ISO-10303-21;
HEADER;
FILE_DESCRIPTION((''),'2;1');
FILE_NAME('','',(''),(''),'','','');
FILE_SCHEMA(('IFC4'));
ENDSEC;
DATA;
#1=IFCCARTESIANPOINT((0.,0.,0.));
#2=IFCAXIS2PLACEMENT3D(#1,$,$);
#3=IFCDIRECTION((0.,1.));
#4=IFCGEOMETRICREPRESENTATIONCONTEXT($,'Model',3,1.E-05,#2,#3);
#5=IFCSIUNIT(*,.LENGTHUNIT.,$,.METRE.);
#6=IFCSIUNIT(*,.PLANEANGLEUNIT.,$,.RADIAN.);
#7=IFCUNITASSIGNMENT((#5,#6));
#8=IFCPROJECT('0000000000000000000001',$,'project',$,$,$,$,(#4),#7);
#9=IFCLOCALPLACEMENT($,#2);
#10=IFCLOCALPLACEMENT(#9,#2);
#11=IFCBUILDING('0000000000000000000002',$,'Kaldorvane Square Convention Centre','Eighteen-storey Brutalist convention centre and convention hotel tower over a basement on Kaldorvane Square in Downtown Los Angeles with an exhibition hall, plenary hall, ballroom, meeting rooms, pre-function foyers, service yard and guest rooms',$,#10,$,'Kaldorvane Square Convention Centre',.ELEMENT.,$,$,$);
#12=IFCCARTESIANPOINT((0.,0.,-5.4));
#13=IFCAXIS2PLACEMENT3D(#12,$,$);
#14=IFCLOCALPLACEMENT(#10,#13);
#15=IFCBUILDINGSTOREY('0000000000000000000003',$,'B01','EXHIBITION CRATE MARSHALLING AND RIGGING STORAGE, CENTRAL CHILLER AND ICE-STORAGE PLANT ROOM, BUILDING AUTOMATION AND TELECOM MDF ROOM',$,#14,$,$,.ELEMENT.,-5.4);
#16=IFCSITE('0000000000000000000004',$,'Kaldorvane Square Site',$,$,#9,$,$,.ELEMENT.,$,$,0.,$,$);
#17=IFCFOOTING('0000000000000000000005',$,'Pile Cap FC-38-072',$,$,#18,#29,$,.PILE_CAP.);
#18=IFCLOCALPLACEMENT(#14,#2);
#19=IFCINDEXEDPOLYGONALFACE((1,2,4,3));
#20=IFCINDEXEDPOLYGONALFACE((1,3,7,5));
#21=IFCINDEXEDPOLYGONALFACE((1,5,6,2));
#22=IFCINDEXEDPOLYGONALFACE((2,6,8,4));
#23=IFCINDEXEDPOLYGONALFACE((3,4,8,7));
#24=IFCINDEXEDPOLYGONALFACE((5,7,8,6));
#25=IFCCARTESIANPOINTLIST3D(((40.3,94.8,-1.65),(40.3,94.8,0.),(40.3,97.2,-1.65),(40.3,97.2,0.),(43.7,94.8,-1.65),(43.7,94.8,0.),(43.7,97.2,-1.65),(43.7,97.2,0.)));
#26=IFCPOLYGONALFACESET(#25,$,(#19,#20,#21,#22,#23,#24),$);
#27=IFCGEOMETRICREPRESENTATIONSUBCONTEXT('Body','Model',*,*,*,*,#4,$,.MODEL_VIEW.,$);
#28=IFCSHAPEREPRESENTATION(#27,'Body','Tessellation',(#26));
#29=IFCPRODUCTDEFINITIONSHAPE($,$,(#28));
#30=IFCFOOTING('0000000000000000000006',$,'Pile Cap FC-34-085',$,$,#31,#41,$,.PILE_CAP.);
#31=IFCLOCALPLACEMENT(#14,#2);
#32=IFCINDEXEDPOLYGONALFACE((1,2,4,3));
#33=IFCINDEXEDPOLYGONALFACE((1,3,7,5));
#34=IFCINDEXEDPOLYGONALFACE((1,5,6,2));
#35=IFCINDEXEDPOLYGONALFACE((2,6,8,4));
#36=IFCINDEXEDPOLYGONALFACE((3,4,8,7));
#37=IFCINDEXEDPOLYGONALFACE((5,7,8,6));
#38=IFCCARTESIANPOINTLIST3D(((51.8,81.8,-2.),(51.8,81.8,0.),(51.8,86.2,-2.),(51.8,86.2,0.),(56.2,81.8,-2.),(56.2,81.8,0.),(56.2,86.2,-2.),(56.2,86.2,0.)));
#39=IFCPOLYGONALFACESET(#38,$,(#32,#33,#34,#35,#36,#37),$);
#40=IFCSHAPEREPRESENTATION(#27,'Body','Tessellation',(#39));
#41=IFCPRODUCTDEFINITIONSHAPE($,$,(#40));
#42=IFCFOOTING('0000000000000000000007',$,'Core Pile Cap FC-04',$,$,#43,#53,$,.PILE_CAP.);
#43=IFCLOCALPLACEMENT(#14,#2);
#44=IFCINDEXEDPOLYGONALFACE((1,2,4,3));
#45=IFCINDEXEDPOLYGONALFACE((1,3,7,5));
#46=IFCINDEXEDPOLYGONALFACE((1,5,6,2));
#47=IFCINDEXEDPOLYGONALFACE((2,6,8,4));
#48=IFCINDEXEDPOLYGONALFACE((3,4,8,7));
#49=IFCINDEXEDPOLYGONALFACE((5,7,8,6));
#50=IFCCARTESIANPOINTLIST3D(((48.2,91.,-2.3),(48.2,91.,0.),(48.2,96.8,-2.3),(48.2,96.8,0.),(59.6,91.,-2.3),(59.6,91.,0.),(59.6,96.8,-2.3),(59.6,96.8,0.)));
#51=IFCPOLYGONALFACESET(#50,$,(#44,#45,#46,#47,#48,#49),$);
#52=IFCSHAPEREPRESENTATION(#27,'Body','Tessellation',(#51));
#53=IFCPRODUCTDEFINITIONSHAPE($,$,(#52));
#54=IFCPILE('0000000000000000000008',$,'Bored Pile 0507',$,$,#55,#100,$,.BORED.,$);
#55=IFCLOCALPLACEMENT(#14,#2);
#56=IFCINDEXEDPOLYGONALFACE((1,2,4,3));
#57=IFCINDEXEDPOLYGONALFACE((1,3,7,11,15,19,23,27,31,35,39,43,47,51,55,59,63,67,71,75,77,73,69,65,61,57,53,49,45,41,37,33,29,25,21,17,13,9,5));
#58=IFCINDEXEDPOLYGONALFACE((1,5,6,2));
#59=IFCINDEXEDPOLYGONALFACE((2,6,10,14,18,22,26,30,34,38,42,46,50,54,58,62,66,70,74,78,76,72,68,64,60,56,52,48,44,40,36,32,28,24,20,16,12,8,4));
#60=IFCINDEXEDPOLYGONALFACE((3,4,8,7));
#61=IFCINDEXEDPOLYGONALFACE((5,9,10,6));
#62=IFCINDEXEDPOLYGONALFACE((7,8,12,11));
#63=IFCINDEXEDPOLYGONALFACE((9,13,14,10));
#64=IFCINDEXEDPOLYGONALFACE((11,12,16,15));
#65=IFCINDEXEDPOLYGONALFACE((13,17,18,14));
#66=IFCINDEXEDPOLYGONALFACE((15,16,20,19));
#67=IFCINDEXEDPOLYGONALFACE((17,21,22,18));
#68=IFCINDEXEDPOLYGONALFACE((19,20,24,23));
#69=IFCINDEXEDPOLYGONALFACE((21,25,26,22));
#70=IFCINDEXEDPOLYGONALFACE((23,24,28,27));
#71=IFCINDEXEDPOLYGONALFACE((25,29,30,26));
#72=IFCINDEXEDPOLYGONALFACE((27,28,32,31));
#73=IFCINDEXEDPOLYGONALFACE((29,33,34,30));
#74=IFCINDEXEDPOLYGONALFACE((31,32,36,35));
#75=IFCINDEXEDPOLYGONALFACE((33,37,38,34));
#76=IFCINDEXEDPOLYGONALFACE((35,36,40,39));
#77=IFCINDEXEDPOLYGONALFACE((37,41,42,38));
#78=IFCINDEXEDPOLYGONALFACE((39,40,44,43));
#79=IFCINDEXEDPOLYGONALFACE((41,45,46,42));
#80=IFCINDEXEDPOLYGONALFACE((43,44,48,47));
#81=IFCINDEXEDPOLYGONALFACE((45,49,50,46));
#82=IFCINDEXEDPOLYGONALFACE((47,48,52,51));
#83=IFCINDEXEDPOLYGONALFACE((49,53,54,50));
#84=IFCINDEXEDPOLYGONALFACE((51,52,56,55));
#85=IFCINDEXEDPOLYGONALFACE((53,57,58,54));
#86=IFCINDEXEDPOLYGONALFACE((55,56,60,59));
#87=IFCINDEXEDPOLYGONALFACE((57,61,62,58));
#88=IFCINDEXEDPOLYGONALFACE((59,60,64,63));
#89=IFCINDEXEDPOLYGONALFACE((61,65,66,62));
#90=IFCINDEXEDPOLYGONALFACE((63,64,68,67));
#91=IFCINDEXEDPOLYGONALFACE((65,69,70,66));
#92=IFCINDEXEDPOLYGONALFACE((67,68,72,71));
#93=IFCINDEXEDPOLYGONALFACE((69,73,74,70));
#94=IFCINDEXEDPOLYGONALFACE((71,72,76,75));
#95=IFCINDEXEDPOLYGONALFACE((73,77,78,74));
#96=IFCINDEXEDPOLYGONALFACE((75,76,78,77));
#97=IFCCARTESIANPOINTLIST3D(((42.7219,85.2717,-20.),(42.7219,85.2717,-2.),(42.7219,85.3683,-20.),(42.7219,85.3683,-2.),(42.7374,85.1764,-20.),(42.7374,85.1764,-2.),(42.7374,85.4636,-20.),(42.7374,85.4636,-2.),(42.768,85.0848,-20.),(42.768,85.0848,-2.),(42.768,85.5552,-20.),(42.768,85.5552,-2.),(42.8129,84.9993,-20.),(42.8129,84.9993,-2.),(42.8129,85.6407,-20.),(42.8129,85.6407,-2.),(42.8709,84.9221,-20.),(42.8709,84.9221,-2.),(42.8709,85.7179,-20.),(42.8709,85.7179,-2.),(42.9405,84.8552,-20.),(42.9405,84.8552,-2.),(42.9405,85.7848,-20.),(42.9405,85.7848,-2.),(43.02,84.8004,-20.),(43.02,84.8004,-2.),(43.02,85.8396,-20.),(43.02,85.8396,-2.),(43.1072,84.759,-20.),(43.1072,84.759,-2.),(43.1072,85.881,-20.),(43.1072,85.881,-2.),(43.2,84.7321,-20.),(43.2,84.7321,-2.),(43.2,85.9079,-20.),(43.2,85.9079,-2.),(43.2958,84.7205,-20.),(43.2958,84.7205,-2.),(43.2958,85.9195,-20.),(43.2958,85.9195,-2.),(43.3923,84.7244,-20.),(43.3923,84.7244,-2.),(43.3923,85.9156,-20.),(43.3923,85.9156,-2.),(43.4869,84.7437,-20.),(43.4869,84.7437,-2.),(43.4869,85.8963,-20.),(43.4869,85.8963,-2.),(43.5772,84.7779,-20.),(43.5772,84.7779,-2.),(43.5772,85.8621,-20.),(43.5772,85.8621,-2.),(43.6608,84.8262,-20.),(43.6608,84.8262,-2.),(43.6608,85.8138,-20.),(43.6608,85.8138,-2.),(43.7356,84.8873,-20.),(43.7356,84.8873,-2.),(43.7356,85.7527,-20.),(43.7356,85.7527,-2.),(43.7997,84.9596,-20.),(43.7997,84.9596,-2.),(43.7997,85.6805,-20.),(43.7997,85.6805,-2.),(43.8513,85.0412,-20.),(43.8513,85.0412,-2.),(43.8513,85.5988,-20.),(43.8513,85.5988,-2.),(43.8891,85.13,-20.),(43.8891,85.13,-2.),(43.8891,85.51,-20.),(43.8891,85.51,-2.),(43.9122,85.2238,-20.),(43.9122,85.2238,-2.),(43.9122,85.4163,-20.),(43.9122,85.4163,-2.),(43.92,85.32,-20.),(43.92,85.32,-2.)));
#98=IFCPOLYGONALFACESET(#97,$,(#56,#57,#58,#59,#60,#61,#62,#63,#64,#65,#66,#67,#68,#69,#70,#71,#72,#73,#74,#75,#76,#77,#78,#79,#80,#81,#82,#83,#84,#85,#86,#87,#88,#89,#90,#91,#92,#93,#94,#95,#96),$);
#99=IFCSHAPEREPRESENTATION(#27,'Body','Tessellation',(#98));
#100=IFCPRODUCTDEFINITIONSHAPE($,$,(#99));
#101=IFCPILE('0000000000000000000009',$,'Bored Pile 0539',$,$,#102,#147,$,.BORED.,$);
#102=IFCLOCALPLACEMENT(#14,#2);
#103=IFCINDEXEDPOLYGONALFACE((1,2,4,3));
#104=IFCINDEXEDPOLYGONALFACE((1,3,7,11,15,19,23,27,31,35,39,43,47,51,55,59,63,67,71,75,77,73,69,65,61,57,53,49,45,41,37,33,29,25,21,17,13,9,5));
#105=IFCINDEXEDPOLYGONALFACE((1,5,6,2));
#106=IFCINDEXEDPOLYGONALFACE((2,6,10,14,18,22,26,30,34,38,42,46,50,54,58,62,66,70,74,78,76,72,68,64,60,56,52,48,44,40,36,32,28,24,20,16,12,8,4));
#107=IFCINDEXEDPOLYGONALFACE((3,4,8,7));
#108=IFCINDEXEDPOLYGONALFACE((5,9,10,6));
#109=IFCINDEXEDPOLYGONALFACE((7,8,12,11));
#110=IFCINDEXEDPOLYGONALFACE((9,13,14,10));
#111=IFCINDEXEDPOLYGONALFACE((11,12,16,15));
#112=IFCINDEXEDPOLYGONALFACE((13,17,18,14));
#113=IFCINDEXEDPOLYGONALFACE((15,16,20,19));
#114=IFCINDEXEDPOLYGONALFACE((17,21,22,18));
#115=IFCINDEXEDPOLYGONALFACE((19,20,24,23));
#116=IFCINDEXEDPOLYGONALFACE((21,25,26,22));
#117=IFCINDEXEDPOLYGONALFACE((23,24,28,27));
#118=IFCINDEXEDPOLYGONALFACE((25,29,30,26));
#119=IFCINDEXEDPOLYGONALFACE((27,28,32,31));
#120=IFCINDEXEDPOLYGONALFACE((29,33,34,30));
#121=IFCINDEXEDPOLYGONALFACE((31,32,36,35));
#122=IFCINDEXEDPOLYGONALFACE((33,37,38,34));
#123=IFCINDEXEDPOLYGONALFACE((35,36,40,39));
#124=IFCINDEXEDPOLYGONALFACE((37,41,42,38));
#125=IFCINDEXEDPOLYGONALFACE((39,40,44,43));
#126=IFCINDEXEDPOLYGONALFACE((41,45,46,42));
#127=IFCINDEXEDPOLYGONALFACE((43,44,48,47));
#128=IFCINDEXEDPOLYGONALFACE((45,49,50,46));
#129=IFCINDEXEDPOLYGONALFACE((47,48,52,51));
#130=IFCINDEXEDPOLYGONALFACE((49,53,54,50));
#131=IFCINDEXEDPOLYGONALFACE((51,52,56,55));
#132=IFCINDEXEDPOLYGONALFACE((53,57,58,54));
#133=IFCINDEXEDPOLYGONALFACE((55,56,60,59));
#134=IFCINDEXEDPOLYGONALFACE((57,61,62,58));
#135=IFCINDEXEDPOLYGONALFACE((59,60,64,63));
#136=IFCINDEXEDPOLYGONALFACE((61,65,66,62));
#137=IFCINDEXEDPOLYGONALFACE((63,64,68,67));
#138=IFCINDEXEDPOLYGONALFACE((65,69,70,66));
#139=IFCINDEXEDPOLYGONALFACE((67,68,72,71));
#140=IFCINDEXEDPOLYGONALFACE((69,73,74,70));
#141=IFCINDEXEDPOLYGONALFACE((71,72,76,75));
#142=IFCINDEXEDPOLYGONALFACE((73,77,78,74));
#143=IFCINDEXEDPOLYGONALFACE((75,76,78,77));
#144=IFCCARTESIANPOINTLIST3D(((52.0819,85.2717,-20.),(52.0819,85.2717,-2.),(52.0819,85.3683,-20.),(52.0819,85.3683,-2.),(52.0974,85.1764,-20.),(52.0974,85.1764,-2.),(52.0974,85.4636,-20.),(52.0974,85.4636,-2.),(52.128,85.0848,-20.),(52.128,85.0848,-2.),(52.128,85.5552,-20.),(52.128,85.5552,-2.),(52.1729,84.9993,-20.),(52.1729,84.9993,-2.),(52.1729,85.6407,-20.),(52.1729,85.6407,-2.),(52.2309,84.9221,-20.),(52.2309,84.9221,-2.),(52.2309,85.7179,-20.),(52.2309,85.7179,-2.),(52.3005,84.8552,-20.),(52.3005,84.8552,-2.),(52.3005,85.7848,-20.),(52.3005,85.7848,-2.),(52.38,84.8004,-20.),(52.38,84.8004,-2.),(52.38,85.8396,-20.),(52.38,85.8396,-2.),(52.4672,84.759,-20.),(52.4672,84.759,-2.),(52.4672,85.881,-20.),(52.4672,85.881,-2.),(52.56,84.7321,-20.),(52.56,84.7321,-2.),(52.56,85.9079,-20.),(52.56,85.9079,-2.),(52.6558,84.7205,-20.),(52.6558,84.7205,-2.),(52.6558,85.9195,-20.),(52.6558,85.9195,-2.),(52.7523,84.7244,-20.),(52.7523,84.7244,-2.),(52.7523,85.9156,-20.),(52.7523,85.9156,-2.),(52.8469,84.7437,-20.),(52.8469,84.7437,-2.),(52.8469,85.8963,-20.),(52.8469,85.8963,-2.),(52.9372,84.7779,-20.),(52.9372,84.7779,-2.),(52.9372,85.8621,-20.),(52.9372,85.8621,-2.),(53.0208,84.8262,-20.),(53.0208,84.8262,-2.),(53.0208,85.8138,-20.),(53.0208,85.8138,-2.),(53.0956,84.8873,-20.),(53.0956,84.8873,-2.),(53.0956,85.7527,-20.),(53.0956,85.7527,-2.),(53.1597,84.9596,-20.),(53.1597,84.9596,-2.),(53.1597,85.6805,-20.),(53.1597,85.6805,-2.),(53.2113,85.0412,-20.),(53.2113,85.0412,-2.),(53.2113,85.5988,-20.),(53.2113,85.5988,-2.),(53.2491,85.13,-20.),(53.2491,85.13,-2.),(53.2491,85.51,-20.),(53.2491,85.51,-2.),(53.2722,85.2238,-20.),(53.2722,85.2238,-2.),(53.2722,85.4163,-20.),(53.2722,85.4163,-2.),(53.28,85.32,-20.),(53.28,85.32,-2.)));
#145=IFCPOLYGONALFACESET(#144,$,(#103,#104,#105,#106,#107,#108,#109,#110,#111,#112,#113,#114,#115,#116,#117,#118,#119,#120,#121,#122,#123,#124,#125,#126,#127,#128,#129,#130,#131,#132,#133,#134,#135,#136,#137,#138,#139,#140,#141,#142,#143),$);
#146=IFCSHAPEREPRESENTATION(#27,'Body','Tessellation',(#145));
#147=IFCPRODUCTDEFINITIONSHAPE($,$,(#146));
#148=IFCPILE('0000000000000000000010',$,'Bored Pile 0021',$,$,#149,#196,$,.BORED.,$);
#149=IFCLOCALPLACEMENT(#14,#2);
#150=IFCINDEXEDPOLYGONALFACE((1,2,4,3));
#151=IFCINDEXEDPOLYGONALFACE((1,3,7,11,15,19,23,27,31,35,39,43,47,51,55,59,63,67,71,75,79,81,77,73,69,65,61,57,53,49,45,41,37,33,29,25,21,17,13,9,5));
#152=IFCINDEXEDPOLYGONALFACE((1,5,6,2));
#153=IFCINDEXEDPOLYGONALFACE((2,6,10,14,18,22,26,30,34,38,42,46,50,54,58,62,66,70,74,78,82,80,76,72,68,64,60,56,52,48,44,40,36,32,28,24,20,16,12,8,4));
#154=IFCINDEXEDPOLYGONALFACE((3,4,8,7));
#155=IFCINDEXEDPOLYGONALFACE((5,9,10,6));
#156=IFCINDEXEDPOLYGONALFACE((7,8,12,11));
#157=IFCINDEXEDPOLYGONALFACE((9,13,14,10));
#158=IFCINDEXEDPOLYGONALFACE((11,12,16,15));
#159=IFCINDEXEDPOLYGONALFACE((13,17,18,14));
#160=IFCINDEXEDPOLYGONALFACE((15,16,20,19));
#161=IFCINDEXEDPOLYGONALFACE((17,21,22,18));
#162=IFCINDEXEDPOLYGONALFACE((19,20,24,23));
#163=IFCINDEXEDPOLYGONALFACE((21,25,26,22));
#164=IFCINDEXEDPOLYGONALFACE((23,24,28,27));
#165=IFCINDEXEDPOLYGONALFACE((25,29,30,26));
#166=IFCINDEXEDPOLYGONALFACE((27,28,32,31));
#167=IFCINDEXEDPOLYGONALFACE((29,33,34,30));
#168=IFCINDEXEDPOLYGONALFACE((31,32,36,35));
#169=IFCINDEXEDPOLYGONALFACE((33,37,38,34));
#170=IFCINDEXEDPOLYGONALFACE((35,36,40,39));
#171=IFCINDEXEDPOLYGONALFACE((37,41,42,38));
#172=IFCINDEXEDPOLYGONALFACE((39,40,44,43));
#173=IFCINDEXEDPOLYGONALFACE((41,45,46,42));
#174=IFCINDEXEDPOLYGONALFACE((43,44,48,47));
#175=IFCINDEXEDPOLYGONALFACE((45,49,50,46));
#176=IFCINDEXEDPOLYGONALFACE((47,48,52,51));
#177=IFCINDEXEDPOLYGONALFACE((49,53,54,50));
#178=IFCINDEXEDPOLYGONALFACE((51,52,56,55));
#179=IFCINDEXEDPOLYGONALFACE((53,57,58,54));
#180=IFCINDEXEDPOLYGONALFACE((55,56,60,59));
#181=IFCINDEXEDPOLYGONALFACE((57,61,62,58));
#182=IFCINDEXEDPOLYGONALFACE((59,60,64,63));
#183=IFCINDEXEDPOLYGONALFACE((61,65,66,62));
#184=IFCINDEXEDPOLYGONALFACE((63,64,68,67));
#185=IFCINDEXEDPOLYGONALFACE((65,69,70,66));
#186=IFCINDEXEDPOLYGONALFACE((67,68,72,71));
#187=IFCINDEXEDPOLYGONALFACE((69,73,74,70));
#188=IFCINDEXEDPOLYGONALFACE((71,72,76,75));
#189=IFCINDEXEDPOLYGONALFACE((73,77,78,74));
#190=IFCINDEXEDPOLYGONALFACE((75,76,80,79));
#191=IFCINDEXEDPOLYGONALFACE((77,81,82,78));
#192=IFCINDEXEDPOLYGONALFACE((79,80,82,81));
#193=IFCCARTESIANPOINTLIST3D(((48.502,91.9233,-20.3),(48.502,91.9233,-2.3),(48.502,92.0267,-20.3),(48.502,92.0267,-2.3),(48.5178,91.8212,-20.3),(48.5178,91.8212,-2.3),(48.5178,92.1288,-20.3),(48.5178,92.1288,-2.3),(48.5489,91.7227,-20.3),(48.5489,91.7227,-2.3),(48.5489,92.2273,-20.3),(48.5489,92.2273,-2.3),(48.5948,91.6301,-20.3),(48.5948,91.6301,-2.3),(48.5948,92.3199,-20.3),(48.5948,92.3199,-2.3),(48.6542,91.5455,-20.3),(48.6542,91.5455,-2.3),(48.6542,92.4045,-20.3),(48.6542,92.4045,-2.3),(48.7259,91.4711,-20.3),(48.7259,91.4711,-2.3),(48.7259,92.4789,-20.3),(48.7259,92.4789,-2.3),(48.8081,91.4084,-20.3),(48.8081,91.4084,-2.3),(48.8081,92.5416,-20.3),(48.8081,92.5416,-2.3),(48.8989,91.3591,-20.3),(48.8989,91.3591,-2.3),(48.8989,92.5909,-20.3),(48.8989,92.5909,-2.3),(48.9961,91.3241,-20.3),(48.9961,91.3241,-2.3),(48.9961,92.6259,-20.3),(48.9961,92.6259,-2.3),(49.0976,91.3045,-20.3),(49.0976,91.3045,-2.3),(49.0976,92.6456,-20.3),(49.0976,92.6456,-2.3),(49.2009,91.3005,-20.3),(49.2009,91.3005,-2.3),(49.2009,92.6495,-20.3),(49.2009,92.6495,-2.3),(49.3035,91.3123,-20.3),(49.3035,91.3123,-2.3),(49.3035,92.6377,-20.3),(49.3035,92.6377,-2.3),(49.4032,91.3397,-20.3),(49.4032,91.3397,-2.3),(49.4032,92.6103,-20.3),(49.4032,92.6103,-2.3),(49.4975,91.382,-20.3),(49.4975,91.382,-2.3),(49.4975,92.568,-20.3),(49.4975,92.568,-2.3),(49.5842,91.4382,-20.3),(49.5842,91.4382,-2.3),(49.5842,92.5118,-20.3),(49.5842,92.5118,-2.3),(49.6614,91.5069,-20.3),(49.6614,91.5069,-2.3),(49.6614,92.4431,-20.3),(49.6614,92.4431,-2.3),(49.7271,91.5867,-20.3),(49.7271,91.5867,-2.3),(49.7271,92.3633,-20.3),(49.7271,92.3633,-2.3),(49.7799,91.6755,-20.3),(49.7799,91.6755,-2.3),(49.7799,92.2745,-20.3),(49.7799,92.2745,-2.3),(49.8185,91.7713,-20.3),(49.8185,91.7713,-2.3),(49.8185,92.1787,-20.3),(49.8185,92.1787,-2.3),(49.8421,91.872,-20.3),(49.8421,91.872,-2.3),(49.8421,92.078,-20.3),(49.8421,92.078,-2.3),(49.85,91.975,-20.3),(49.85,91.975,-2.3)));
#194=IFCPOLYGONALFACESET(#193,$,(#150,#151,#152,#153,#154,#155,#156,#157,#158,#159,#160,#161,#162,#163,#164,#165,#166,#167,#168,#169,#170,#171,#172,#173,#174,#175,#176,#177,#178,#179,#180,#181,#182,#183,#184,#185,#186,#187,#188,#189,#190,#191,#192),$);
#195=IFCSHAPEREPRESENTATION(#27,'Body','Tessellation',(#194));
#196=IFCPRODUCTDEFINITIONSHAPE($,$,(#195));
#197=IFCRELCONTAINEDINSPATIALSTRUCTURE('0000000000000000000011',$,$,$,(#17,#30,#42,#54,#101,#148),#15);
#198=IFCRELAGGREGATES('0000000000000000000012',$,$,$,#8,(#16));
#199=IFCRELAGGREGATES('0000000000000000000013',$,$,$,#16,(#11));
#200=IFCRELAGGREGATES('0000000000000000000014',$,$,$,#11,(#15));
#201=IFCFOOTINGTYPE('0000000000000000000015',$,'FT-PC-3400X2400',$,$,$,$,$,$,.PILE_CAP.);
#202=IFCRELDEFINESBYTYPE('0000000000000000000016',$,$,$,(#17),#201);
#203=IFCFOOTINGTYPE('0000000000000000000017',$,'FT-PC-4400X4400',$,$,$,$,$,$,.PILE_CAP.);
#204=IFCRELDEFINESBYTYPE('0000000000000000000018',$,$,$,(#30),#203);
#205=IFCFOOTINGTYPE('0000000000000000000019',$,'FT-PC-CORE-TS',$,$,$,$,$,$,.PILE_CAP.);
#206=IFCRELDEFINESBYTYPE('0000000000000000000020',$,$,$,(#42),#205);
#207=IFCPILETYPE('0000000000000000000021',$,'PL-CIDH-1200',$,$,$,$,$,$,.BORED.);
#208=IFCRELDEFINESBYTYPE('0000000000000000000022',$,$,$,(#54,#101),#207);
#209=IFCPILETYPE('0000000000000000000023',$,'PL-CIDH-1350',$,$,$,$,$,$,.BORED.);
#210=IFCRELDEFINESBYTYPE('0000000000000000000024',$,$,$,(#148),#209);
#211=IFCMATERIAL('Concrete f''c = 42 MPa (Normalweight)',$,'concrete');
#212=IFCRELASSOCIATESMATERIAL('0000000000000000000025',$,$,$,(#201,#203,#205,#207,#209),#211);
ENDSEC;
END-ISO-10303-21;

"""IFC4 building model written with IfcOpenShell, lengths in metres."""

from ifc_helpers import new_model, si_unit, direction, frame, origin, origin_2d, place, context, subcontext, project, spatial, rectangle, circle, extrude, material, material_profile, profile_set, type_object, element, save


model = new_model("IFC4")

# Units and contexts
model_context = context("Model", 3, precision=1e-05, world=origin(), true_north=direction((0.0, 1.0)))
body_context = subcontext(model_context, "Body", "Model", "MODEL_VIEW")
ifc_project = project(units=[si_unit("LENGTHUNIT", "METRE"), si_unit("PLANEANGLEUNIT", "RADIAN")], contexts=[model_context])

# Site, building, storey
site_placement = place(None, origin())
site = spatial("IfcSite", under=ifc_project, at=site_placement, Name="Kaldorvane Square Site", CompositionType="ELEMENT", RefElevation=0.0)
building_placement = place(site_placement, origin())
building = spatial("IfcBuilding", under=site, at=building_placement, Name="Kaldorvane Square Convention Centre", Description="Eighteen-storey Brutalist convention centre and convention hotel tower over a basement on Kaldorvane Square in Downtown Los Angeles with an exhibition hall, plenary hall, ballroom, meeting rooms, pre-function foyers, service yard and guest rooms", LongName="Kaldorvane Square Convention Centre", CompositionType="ELEMENT")
storey_placement = place(building_placement, frame((0.0, 0.0, -5.4)))
storey = spatial("IfcBuildingStorey", under=building, at=storey_placement, Name="B01", Description="EXHIBITION CRATE MARSHALLING AND RIGGING STORAGE, CENTRAL CHILLER AND ICE-STORAGE PLANT ROOM, BUILDING AUTOMATION AND TELECOM MDF ROOM", CompositionType="ELEMENT", Elevation=-5.4)

# Footings
ifc_material_1 = material(Name="Concrete f'c = 42 MPa (Normalweight)", Category="concrete")
footing_type_1 = type_object("IfcFootingType", Name="FT-PC-3400X2400", PredefinedType="PILE_CAP", material=ifc_material_1)
footing_1_placement = place(storey_placement, frame((42.0, 96.0, -1.65), z_axis=(0.0, 0.0, 1.0), x_axis=(1.0, 0.0, 0.0)))
element("IfcFooting", 1, at=footing_1_placement, inside=storey, type_object=footing_type_1, Name="Pile Cap FC-38-072", PredefinedType="PILE_CAP", context=body_context, shape_type="SweptSolid", body=[
    extrude(rectangle(XDim=3.4, YDim=2.4, at=origin_2d()), origin(), (0.0, 0.0, 1.0), 1.65),
])
footing_type_2 = type_object("IfcFootingType", Name="FT-PC-4400X4400", PredefinedType="PILE_CAP", material=ifc_material_1)
footing_2_placement = place(storey_placement, frame((54.0, 84.0, -2.0), z_axis=(0.0, 0.0, 1.0), x_axis=(1.0, 0.0, 0.0)))
element("IfcFooting", 2, at=footing_2_placement, inside=storey, type_object=footing_type_2, Name="Pile Cap FC-34-085", PredefinedType="PILE_CAP", context=body_context, shape_type="SweptSolid", body=[
    extrude(rectangle(XDim=4.4, YDim=4.4, at=origin_2d()), origin(), (0.0, 0.0, 1.0), 2.0),
])
footing_type_3 = type_object("IfcFootingType", Name="FT-PC-CORE-TS", PredefinedType="PILE_CAP", material=ifc_material_1)
footing_3_placement = place(storey_placement, frame((53.9, 93.9, -2.3), z_axis=(0.0, 0.0, 1.0), x_axis=(1.0, 0.0, 0.0)))
element("IfcFooting", 3, at=footing_3_placement, inside=storey, type_object=footing_type_3, Name="Core Pile Cap FC-04", PredefinedType="PILE_CAP", context=body_context, shape_type="SweptSolid", body=[
    extrude(rectangle(XDim=11.4, YDim=5.8, at=origin_2d()), origin(), (0.0, 0.0, 1.0), 2.3),
])

# Piles
ifc_material_profile_1 = material_profile(ifc_material_1, circle(Radius=0.6, at=origin_2d()), Name="PILE-D1200")
ifc_profile_set_1 = profile_set([ifc_material_profile_1], Name="Concrete f'c = 42 MPa (Normalweight)")
pile_type_1 = type_object("IfcPileType", Name="PL-CIDH-1200", PredefinedType="BORED", material=ifc_profile_set_1)
for number, where, z_axis, x_axis, name in (
    (4, (43.32, 85.32, -2.0), (0.0, 0.0, -1.0), (1.0, 0.0, 0.0), "Bored Pile 0507"),
    (5, (52.68, 85.32, -2.0), (0.0, 0.0, -1.0), (1.0, 0.0, 0.0), "Bored Pile 0539"),
):
    element("IfcPile", number, at=place(storey_placement, frame(where, z_axis=z_axis, x_axis=x_axis)), inside=storey, type_object=pile_type_1, Name=name, PredefinedType="BORED", context=body_context, shape_type="SweptSolid", body=[
        extrude(circle(Radius=0.6, at=origin_2d()), origin(), (0.0, 0.0, 1.0), 18.0),
    ])
ifc_material_profile_2 = material_profile(ifc_material_1, circle(Radius=0.675, at=origin_2d()), Name="PILE-D1350")
ifc_profile_set_2 = profile_set([ifc_material_profile_2], Name="Concrete f'c = 42 MPa (Normalweight)")
pile_type_2 = type_object("IfcPileType", Name="PL-CIDH-1350", PredefinedType="BORED", material=ifc_profile_set_2)
for number, where, z_axis, x_axis, name in (
    (6, (49.175, 91.975, -2.3), (0.0, 0.0, -1.0), (1.0, 0.0, 0.0), "Bored Pile 0021"),
):
    element("IfcPile", number, at=place(storey_placement, frame(where, z_axis=z_axis, x_axis=x_axis)), inside=storey, type_object=pile_type_2, Name=name, PredefinedType="BORED", context=body_context, shape_type="SweptSolid", body=[
        extrude(circle(Radius=0.675, at=origin_2d()), origin(), (0.0, 0.0, 1.0), 18.0),
    ])

save(model, "model.ifc")
